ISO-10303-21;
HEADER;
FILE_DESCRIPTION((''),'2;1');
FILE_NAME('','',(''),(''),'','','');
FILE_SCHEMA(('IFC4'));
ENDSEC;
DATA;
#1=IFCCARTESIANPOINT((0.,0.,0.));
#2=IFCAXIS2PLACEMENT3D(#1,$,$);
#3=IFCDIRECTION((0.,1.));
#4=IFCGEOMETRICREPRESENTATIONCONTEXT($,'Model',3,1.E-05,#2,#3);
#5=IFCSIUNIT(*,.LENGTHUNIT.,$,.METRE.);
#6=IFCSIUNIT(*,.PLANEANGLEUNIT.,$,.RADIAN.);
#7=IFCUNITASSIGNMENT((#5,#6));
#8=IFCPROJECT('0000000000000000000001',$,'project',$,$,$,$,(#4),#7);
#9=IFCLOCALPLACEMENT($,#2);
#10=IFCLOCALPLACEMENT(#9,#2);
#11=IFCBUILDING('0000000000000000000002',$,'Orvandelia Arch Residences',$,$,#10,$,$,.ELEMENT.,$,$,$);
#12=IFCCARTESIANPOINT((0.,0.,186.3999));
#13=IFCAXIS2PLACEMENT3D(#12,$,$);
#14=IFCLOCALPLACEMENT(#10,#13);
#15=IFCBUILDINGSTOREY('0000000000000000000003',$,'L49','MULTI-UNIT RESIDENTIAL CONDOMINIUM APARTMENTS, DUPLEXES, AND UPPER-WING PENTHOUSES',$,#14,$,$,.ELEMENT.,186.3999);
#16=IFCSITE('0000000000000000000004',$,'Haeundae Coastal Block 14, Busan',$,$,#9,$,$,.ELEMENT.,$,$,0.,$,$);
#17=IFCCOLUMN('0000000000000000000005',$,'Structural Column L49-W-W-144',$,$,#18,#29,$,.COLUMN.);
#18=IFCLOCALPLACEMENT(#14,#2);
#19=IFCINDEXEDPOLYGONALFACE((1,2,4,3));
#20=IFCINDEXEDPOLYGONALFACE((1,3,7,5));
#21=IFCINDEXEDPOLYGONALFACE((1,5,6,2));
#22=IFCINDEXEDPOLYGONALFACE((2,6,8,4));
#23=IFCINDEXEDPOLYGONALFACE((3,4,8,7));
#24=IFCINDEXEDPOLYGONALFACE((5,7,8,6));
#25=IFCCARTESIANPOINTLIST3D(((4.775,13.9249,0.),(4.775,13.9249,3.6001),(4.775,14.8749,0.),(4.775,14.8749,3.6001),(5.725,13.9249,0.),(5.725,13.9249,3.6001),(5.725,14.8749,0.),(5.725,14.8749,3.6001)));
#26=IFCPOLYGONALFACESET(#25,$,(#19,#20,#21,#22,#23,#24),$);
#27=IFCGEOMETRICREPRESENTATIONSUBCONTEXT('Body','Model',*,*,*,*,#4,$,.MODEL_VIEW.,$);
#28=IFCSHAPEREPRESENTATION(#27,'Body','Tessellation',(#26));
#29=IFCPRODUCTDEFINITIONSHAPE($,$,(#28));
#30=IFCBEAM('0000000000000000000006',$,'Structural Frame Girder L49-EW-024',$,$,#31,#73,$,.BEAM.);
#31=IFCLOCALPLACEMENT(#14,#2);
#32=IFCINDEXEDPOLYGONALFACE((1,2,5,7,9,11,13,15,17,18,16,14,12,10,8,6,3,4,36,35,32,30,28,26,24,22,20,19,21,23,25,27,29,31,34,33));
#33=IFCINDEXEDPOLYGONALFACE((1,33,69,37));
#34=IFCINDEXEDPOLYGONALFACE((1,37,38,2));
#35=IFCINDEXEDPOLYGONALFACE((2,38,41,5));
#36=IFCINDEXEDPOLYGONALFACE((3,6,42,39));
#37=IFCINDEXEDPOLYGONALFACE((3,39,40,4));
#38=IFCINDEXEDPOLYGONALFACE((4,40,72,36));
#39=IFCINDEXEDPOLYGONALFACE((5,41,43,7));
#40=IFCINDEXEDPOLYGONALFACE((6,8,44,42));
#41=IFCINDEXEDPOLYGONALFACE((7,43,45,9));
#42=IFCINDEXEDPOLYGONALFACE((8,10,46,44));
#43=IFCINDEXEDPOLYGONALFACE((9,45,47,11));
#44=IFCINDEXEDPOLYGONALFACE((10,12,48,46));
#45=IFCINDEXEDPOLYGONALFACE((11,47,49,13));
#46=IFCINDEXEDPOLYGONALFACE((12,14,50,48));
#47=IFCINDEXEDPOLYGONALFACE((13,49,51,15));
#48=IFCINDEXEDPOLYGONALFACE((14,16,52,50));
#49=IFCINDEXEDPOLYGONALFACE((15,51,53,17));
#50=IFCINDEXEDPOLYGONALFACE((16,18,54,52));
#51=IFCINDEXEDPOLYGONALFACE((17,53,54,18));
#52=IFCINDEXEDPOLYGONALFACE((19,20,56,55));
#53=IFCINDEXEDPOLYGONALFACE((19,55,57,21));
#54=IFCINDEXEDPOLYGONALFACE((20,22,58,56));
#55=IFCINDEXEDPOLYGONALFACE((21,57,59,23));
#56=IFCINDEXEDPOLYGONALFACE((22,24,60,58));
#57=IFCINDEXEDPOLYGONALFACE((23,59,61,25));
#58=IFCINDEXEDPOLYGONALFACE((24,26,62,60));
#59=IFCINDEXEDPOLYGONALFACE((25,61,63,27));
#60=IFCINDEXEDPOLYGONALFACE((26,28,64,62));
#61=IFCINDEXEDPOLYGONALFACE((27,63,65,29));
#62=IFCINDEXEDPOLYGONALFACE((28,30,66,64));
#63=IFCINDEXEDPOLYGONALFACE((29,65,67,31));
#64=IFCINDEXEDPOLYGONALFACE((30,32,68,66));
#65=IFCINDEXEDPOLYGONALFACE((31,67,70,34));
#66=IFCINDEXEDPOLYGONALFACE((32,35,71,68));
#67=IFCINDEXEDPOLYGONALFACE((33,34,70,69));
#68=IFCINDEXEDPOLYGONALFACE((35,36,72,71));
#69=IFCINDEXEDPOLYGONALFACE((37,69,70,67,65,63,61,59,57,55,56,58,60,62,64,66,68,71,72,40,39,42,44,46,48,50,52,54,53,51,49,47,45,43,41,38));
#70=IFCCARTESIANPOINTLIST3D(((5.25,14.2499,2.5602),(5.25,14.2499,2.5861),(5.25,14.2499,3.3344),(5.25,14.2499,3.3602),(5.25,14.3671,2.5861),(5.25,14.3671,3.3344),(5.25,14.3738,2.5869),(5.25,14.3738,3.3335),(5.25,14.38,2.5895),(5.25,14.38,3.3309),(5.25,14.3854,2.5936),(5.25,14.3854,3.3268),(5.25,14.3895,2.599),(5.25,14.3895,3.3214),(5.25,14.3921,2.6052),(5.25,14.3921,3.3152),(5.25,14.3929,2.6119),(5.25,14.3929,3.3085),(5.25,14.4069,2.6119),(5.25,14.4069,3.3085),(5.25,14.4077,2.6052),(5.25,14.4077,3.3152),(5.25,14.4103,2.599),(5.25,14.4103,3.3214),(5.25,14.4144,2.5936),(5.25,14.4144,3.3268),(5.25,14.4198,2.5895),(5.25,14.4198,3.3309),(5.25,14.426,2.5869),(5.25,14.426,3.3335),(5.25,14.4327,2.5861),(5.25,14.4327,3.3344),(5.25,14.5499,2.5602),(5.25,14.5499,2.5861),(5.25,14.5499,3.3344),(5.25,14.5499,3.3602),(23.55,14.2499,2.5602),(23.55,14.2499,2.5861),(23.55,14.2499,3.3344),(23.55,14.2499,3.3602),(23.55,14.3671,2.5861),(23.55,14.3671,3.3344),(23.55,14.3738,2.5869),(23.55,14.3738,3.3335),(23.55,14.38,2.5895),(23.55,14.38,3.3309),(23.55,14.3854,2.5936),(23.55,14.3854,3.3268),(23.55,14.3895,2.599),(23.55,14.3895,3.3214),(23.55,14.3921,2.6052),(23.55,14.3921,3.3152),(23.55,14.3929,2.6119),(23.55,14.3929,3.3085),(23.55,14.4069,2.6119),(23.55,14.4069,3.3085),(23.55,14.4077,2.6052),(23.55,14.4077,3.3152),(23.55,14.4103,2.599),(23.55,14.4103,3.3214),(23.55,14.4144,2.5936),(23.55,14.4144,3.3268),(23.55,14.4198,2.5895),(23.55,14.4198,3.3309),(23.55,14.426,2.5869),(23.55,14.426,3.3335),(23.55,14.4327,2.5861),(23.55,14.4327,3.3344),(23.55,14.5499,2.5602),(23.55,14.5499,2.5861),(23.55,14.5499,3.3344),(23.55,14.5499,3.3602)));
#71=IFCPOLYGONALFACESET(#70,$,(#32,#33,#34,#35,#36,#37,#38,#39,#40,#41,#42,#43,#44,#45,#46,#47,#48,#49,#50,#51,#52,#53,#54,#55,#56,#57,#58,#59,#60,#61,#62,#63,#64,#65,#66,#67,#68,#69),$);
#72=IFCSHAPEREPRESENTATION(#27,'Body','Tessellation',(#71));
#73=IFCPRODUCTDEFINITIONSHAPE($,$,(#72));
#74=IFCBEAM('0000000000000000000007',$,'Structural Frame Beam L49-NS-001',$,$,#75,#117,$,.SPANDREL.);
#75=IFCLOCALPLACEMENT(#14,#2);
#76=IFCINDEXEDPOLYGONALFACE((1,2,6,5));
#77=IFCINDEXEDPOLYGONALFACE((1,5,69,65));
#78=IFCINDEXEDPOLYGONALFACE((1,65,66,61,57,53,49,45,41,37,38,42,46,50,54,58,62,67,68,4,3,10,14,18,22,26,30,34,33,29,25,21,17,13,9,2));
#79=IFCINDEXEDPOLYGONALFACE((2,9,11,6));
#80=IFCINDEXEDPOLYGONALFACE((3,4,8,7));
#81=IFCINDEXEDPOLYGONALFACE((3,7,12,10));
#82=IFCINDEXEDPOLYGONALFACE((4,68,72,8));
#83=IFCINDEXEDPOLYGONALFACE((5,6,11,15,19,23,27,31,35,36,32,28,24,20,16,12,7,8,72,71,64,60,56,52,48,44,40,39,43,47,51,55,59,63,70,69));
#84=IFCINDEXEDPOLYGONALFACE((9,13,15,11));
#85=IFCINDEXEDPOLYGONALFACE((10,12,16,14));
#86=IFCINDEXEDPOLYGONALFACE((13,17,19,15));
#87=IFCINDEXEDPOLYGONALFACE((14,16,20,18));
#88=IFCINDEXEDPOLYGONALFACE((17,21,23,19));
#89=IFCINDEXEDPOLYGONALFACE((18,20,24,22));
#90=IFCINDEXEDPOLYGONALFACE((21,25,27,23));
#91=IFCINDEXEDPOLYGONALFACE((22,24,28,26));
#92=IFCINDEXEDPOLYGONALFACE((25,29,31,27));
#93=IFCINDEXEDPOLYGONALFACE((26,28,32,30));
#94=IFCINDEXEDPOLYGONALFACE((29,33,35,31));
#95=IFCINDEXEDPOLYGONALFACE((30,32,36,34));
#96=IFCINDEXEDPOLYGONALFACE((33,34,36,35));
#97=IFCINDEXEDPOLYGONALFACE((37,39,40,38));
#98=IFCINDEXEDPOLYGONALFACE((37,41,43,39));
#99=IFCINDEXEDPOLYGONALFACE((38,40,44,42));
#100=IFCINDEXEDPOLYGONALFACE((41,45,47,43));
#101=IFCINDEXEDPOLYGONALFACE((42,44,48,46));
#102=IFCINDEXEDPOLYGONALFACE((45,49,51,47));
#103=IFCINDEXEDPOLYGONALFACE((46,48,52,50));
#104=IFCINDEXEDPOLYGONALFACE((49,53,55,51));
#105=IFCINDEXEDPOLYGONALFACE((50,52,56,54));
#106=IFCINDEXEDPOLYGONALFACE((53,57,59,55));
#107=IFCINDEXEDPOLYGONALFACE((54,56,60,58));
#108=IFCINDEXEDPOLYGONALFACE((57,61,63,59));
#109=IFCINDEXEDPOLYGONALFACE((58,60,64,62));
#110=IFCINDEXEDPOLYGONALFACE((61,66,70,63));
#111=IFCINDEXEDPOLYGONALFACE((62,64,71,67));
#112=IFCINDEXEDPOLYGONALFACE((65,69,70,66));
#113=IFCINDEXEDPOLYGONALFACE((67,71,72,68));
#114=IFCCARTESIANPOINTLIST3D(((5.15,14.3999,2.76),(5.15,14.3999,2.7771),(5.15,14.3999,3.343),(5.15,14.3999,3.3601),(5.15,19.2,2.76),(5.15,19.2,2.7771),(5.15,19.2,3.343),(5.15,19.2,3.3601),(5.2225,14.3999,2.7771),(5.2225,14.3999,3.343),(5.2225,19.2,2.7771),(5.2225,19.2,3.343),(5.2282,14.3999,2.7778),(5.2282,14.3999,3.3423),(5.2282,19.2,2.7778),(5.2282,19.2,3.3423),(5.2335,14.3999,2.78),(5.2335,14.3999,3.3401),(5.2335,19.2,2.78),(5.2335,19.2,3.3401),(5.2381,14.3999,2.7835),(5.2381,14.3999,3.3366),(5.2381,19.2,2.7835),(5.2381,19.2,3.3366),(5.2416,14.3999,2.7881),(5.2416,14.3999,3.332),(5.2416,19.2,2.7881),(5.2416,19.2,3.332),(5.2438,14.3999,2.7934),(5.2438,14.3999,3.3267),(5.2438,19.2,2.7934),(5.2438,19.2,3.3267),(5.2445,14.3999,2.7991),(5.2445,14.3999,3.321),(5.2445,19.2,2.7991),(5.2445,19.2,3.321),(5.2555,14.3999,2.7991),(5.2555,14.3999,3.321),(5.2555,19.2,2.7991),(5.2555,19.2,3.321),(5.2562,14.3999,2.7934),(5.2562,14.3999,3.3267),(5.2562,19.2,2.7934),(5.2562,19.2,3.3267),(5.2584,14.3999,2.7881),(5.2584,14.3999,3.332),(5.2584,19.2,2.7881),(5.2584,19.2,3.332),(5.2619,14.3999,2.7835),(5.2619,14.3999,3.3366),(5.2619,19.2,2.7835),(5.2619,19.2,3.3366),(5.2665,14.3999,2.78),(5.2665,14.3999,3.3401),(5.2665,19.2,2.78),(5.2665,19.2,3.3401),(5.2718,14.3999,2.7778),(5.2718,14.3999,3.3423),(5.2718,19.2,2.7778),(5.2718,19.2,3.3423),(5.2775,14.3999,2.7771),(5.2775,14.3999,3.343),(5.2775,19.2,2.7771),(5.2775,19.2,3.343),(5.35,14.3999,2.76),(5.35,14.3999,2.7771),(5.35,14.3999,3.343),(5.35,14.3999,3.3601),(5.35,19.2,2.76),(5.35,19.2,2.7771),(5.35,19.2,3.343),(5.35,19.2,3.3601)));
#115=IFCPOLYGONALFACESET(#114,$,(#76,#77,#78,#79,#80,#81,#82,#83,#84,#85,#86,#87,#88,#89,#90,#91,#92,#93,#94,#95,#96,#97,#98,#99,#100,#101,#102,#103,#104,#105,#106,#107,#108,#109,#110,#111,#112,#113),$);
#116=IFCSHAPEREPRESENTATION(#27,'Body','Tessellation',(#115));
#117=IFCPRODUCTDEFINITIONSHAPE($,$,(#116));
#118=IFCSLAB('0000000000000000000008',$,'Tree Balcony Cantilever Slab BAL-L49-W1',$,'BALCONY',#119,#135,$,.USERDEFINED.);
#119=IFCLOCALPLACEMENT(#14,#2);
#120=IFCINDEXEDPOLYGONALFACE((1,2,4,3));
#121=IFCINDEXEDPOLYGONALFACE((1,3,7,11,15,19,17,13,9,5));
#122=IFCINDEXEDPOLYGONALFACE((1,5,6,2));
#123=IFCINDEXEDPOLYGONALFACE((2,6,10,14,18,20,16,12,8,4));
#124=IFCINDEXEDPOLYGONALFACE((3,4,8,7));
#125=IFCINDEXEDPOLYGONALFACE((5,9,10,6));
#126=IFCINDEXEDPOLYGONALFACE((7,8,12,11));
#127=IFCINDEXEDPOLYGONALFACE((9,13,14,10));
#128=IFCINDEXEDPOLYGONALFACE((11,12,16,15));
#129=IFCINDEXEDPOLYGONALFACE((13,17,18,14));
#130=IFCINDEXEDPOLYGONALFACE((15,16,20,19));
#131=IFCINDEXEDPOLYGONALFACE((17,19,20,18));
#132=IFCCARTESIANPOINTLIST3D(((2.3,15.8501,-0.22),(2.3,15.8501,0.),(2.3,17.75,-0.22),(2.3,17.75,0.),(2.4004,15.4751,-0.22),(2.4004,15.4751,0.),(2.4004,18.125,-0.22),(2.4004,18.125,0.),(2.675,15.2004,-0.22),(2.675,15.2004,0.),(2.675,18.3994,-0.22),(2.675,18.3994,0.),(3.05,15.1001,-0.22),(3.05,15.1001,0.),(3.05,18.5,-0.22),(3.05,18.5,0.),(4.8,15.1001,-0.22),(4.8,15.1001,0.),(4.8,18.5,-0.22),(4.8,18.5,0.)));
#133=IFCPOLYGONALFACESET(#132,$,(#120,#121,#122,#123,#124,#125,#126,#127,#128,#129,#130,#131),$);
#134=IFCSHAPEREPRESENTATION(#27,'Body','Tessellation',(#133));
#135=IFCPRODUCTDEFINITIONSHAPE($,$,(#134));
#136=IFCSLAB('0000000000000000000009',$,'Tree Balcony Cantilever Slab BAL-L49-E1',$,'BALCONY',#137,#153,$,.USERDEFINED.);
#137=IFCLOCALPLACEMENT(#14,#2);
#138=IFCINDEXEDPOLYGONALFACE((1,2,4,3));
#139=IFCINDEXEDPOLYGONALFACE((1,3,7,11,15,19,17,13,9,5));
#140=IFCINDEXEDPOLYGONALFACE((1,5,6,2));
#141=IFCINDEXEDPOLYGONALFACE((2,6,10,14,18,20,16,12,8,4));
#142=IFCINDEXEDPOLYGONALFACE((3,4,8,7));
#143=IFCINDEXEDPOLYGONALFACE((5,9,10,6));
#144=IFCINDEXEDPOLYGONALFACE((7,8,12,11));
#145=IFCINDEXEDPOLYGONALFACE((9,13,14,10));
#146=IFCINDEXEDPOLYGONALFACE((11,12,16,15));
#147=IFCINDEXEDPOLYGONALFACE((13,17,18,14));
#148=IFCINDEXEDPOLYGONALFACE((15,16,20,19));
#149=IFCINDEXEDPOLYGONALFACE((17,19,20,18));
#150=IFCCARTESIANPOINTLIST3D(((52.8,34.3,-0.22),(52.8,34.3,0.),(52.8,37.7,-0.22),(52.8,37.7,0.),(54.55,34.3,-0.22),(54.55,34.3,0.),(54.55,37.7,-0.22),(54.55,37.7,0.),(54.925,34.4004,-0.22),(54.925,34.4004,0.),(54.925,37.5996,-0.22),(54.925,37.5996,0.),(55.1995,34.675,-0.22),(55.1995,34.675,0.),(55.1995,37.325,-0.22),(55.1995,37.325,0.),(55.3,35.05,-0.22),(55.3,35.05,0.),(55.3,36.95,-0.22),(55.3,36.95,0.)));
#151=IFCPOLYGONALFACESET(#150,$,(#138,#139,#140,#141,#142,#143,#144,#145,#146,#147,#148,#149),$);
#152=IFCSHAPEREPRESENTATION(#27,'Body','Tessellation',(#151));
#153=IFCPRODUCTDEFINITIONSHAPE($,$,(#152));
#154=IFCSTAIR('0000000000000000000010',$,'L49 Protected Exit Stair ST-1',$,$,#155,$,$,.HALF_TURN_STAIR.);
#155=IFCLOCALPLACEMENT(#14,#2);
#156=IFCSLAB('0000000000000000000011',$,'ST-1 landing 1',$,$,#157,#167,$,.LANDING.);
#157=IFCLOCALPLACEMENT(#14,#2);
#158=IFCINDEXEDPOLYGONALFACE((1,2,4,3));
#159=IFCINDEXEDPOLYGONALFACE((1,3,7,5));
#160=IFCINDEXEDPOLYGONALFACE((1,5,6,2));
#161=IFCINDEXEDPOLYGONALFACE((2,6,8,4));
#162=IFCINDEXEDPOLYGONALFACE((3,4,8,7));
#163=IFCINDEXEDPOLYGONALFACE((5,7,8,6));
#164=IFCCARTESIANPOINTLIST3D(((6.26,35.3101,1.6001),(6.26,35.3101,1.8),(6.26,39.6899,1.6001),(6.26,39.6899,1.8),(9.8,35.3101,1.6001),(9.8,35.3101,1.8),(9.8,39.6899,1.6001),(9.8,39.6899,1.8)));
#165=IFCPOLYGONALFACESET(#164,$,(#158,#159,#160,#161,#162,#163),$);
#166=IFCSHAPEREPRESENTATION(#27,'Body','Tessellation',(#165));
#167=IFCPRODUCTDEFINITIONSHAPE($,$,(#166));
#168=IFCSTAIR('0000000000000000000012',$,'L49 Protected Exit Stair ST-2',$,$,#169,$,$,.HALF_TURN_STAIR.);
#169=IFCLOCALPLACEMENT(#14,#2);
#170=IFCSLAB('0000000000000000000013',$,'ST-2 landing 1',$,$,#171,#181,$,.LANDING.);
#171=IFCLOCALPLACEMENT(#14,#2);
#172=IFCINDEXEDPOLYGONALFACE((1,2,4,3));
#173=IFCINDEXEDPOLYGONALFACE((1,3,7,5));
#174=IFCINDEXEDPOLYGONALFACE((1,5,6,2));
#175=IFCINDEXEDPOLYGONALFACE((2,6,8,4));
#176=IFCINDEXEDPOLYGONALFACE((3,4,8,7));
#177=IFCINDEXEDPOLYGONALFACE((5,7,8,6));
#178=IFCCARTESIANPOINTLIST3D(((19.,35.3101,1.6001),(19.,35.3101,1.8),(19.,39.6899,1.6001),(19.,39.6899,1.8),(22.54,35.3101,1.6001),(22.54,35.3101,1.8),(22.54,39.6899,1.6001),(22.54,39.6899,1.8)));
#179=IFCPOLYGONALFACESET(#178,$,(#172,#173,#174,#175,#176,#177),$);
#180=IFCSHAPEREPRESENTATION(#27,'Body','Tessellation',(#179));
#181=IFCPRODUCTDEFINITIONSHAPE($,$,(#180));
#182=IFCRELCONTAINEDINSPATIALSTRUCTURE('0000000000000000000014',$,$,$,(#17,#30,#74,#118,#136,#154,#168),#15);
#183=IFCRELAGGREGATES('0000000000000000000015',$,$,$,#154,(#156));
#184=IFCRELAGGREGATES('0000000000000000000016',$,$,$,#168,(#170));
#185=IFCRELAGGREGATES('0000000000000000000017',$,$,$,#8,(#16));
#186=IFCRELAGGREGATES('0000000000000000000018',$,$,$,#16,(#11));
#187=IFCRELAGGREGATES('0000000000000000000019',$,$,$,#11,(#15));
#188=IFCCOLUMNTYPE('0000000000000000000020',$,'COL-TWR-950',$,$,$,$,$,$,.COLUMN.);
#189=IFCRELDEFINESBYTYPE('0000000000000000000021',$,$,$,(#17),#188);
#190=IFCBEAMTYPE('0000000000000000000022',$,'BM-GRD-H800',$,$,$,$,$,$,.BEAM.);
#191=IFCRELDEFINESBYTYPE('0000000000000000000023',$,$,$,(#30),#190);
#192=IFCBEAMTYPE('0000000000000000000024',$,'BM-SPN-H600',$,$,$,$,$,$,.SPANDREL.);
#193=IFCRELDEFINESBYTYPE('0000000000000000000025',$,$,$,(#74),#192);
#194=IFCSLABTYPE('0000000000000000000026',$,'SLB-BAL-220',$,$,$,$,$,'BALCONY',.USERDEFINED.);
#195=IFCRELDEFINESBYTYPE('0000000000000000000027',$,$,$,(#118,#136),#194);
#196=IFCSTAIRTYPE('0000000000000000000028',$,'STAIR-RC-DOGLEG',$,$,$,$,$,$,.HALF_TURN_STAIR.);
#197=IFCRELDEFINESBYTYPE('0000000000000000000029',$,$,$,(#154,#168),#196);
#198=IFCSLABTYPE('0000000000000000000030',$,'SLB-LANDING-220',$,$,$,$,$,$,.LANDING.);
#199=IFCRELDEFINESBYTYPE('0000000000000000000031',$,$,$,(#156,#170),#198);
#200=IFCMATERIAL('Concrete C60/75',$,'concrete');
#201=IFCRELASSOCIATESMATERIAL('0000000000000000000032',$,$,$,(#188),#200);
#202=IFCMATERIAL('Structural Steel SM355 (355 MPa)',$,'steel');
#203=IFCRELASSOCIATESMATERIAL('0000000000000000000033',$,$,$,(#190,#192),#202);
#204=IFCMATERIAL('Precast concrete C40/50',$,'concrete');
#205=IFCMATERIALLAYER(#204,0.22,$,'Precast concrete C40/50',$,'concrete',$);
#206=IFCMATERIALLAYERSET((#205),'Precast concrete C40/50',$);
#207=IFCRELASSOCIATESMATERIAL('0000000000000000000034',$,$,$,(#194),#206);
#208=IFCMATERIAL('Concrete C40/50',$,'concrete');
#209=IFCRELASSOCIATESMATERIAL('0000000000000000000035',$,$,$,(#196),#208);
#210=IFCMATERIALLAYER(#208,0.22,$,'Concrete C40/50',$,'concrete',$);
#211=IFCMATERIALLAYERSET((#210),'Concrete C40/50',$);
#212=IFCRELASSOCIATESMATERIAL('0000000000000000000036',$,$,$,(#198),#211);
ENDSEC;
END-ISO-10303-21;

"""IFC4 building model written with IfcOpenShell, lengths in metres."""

from ifc_helpers import new_model, si_unit, direction, frame, origin, origin_2d, place, context, subcontext, project, spatial, polyline, rectangle, i_section, outline, extrude, material, layer, layer_set, material_profile, profile_set, type_object, element, aggregate, save


model = new_model("IFC4")

# Units and contexts
model_context = context("Model", 3, precision=1e-05, world=origin(), true_north=direction((0.0, 1.0)))
body_context = subcontext(model_context, "Body", "Model", "MODEL_VIEW")
ifc_project = project(units=[si_unit("LENGTHUNIT", "METRE"), si_unit("PLANEANGLEUNIT", "RADIAN")], contexts=[model_context])

# Site, building, storey
site_placement = place(None, origin())
site = spatial("IfcSite", under=ifc_project, at=site_placement, Name="Haeundae Coastal Block 14, Busan", CompositionType="ELEMENT", RefElevation=0.0)
building_placement = place(site_placement, origin())
building = spatial("IfcBuilding", under=site, at=building_placement, Name="Orvandelia Arch Residences", CompositionType="ELEMENT")
storey_placement = place(building_placement, frame((0.0, 0.0, 186.3999)))
storey = spatial("IfcBuildingStorey", under=building, at=storey_placement, Name="L49", Description="MULTI-UNIT RESIDENTIAL CONDOMINIUM APARTMENTS, DUPLEXES, AND UPPER-WING PENTHOUSES", CompositionType="ELEMENT", Elevation=186.3999)

# Column
ifc_material_1 = material(Name="Concrete C60/75", Category="concrete")
ifc_material_profile_1 = material_profile(ifc_material_1, rectangle(XDim=0.95, YDim=0.95, at=origin_2d()), Name="Concrete C60/75", Category="concrete")
ifc_profile_set_1 = profile_set([ifc_material_profile_1], Name="Concrete C60/75")
column_type = type_object("IfcColumnType", Name="COL-TWR-950", PredefinedType="COLUMN", material=ifc_profile_set_1)
column_placement = place(storey_placement, frame((5.25, 14.3999, 0.0), z_axis=(0.0, 0.0, 1.0), x_axis=(1.0, 0.0, 0.0)))
element("IfcColumn", 1, at=column_placement, inside=storey, type_object=column_type, Name="Structural Column L49-W-W-144", PredefinedType="COLUMN", context=body_context, shape_type="SweptSolid", body=[
    extrude(rectangle(XDim=0.95, YDim=0.95, at=origin_2d()), origin(), (0.0, 0.0, 1.0), 3.6001),
])

# Beams
ifc_material_2 = material(Name="Structural Steel SM355 (355 MPa)", Category="steel")
ifc_material_profile_2 = material_profile(ifc_material_2, i_section(OverallWidth=0.3, OverallDepth=0.8, WebThickness=0.0139, FlangeThickness=0.0259, FilletRadius=0.0259, at=origin_2d()), Name="Structural Steel SM355 (355 MPa)", Category="steel")
ifc_profile_set_2 = profile_set([ifc_material_profile_2], Name="Structural Steel SM355 (355 MPa)")
beam_type_1 = type_object("IfcBeamType", Name="BM-GRD-H800", PredefinedType="BEAM", material=ifc_profile_set_2)
beam_1_placement = place(storey_placement, frame((5.25, 14.3999, 2.9602), z_axis=(1.0, 0.0, 0.0), x_axis=(0.0, 1.0, 0.0)))
element("IfcBeam", 2, at=beam_1_placement, inside=storey, type_object=beam_type_1, Name="Structural Frame Girder L49-EW-024", PredefinedType="BEAM", context=body_context, shape_type="SweptSolid", body=[
    extrude(i_section(OverallWidth=0.3, OverallDepth=0.8, WebThickness=0.0139, FlangeThickness=0.0259, FilletRadius=0.0259, at=origin_2d()), origin(), (0.0, 0.0, 1.0), 18.3),
])
ifc_material_profile_3 = material_profile(ifc_material_2, i_section(OverallWidth=0.2, OverallDepth=0.6001, WebThickness=0.011, FlangeThickness=0.0171, FilletRadius=0.022, at=origin_2d()), Name="Structural Steel SM355 (355 MPa)", Category="steel")
ifc_profile_set_3 = profile_set([ifc_material_profile_3], Name="Structural Steel SM355 (355 MPa)")
beam_type_2 = type_object("IfcBeamType", Name="BM-SPN-H600", PredefinedType="SPANDREL", material=ifc_profile_set_3)
beam_2_placement = place(storey_placement, frame((5.25, 14.3999, 3.0601), z_axis=(0.0, 1.0, 0.0), x_axis=(-1.0, 0.0, 0.0)))
element("IfcBeam", 3, at=beam_2_placement, inside=storey, type_object=beam_type_2, Name="Structural Frame Beam L49-NS-001", PredefinedType="SPANDREL", context=body_context, shape_type="SweptSolid", body=[
    extrude(i_section(OverallWidth=0.2, OverallDepth=0.6001, WebThickness=0.011, FlangeThickness=0.0171, FilletRadius=0.022, at=origin_2d()), origin(), (0.0, 0.0, 1.0), 4.8),
])

# Slabs
ifc_material_3 = material(Name="Precast concrete C40/50", Category="concrete")
ifc_layer_1 = layer(ifc_material_3, 0.22, Name="Precast concrete C40/50", Category="concrete")
ifc_layer_set_1 = layer_set([ifc_layer_1], Name="Precast concrete C40/50")
slab_type_1 = type_object("IfcSlabType", Name="SLB-BAL-220", ElementType="BALCONY", PredefinedType="USERDEFINED", material=ifc_layer_set_1)
slab_1_placement = place(storey_placement, frame((0.0, 0.0, -0.22)))
element("IfcSlab", 4, at=slab_1_placement, inside=storey, type_object=slab_type_1, Name="Tree Balcony Cantilever Slab BAL-L49-W1", ObjectType="BALCONY", PredefinedType="USERDEFINED", context=body_context, shape_type="SweptSolid", body=[
    extrude(outline(polyline([(4.8, 15.1001), (4.8, 18.5), (3.05, 18.5), (2.675, 18.3994), (2.4004, 18.125), (2.3, 17.75), (2.3, 15.8501), (2.4004, 15.4751), (2.675, 15.2004), (3.05, 15.1001), (4.8, 15.1001)])), origin(), (0.0, 0.0, 1.0), 0.22),
])
slab_2_placement = place(storey_placement, frame((0.0, 0.0, -0.22)))
element("IfcSlab", 5, at=slab_2_placement, inside=storey, type_object=slab_type_1, Name="Tree Balcony Cantilever Slab BAL-L49-E1", ObjectType="BALCONY", PredefinedType="USERDEFINED", context=body_context, shape_type="SweptSolid", body=[
    extrude(outline(polyline([(52.8, 37.7), (52.8, 34.3), (54.55, 34.3), (54.925, 34.4004), (55.1995, 34.675), (55.3, 35.05), (55.3, 36.95), (55.1995, 37.325), (54.925, 37.5996), (54.55, 37.7), (52.8, 37.7)])), origin(), (0.0, 0.0, 1.0), 0.22),
])

# Stairs, slabs
ifc_material_4 = material(Name="Concrete C40/50", Category="concrete")
stair_type = type_object("IfcStairType", Name="STAIR-RC-DOGLEG", PredefinedType="HALF_TURN_STAIR", material=ifc_material_4)
stair_1_placement = place(storey_placement, origin())
stair_1 = element("IfcStair", 6, at=stair_1_placement, inside=storey, type_object=stair_type, Name="L49 Protected Exit Stair ST-1", PredefinedType="HALF_TURN_STAIR")
ifc_layer_2 = layer(ifc_material_4, 0.22, Name="Concrete C40/50", Category="concrete")
ifc_layer_set_2 = layer_set([ifc_layer_2], Name="Concrete C40/50")
slab_type_2 = type_object("IfcSlabType", Name="SLB-LANDING-220", PredefinedType="LANDING", material=ifc_layer_set_2)
slab_3_placement = place(storey_placement, frame((0.0, 0.0, 1.6001)))
slab_3 = element("IfcSlab", 7, at=slab_3_placement, type_object=slab_type_2, Name="ST-1 landing 1", PredefinedType="LANDING", context=body_context, shape_type="SweptSolid", body=[
    extrude(outline(polyline([(9.8, 35.3101), (9.8, 39.6899), (6.26, 39.6899), (6.26, 35.3101), (9.8, 35.3101)])), origin(), (0.0, 0.0, 1.0), 0.2),
])
aggregate(stair_1, [slab_3])
stair_2_placement = place(storey_placement, origin())
stair_2 = element("IfcStair", 8, at=stair_2_placement, inside=storey, type_object=stair_type, Name="L49 Protected Exit Stair ST-2", PredefinedType="HALF_TURN_STAIR")
slab_4_placement = place(storey_placement, frame((0.0, 0.0, 1.6001)))
slab_4 = element("IfcSlab", 9, at=slab_4_placement, type_object=slab_type_2, Name="ST-2 landing 1", PredefinedType="LANDING", context=body_context, shape_type="SweptSolid", body=[
    extrude(outline(polyline([(22.54, 35.3101), (22.54, 39.6899), (19.0, 39.6899), (19.0, 35.3101), (22.54, 35.3101)])), origin(), (0.0, 0.0, 1.0), 0.2),
])
aggregate(stair_2, [slab_4])

save(model, "model.ifc")
